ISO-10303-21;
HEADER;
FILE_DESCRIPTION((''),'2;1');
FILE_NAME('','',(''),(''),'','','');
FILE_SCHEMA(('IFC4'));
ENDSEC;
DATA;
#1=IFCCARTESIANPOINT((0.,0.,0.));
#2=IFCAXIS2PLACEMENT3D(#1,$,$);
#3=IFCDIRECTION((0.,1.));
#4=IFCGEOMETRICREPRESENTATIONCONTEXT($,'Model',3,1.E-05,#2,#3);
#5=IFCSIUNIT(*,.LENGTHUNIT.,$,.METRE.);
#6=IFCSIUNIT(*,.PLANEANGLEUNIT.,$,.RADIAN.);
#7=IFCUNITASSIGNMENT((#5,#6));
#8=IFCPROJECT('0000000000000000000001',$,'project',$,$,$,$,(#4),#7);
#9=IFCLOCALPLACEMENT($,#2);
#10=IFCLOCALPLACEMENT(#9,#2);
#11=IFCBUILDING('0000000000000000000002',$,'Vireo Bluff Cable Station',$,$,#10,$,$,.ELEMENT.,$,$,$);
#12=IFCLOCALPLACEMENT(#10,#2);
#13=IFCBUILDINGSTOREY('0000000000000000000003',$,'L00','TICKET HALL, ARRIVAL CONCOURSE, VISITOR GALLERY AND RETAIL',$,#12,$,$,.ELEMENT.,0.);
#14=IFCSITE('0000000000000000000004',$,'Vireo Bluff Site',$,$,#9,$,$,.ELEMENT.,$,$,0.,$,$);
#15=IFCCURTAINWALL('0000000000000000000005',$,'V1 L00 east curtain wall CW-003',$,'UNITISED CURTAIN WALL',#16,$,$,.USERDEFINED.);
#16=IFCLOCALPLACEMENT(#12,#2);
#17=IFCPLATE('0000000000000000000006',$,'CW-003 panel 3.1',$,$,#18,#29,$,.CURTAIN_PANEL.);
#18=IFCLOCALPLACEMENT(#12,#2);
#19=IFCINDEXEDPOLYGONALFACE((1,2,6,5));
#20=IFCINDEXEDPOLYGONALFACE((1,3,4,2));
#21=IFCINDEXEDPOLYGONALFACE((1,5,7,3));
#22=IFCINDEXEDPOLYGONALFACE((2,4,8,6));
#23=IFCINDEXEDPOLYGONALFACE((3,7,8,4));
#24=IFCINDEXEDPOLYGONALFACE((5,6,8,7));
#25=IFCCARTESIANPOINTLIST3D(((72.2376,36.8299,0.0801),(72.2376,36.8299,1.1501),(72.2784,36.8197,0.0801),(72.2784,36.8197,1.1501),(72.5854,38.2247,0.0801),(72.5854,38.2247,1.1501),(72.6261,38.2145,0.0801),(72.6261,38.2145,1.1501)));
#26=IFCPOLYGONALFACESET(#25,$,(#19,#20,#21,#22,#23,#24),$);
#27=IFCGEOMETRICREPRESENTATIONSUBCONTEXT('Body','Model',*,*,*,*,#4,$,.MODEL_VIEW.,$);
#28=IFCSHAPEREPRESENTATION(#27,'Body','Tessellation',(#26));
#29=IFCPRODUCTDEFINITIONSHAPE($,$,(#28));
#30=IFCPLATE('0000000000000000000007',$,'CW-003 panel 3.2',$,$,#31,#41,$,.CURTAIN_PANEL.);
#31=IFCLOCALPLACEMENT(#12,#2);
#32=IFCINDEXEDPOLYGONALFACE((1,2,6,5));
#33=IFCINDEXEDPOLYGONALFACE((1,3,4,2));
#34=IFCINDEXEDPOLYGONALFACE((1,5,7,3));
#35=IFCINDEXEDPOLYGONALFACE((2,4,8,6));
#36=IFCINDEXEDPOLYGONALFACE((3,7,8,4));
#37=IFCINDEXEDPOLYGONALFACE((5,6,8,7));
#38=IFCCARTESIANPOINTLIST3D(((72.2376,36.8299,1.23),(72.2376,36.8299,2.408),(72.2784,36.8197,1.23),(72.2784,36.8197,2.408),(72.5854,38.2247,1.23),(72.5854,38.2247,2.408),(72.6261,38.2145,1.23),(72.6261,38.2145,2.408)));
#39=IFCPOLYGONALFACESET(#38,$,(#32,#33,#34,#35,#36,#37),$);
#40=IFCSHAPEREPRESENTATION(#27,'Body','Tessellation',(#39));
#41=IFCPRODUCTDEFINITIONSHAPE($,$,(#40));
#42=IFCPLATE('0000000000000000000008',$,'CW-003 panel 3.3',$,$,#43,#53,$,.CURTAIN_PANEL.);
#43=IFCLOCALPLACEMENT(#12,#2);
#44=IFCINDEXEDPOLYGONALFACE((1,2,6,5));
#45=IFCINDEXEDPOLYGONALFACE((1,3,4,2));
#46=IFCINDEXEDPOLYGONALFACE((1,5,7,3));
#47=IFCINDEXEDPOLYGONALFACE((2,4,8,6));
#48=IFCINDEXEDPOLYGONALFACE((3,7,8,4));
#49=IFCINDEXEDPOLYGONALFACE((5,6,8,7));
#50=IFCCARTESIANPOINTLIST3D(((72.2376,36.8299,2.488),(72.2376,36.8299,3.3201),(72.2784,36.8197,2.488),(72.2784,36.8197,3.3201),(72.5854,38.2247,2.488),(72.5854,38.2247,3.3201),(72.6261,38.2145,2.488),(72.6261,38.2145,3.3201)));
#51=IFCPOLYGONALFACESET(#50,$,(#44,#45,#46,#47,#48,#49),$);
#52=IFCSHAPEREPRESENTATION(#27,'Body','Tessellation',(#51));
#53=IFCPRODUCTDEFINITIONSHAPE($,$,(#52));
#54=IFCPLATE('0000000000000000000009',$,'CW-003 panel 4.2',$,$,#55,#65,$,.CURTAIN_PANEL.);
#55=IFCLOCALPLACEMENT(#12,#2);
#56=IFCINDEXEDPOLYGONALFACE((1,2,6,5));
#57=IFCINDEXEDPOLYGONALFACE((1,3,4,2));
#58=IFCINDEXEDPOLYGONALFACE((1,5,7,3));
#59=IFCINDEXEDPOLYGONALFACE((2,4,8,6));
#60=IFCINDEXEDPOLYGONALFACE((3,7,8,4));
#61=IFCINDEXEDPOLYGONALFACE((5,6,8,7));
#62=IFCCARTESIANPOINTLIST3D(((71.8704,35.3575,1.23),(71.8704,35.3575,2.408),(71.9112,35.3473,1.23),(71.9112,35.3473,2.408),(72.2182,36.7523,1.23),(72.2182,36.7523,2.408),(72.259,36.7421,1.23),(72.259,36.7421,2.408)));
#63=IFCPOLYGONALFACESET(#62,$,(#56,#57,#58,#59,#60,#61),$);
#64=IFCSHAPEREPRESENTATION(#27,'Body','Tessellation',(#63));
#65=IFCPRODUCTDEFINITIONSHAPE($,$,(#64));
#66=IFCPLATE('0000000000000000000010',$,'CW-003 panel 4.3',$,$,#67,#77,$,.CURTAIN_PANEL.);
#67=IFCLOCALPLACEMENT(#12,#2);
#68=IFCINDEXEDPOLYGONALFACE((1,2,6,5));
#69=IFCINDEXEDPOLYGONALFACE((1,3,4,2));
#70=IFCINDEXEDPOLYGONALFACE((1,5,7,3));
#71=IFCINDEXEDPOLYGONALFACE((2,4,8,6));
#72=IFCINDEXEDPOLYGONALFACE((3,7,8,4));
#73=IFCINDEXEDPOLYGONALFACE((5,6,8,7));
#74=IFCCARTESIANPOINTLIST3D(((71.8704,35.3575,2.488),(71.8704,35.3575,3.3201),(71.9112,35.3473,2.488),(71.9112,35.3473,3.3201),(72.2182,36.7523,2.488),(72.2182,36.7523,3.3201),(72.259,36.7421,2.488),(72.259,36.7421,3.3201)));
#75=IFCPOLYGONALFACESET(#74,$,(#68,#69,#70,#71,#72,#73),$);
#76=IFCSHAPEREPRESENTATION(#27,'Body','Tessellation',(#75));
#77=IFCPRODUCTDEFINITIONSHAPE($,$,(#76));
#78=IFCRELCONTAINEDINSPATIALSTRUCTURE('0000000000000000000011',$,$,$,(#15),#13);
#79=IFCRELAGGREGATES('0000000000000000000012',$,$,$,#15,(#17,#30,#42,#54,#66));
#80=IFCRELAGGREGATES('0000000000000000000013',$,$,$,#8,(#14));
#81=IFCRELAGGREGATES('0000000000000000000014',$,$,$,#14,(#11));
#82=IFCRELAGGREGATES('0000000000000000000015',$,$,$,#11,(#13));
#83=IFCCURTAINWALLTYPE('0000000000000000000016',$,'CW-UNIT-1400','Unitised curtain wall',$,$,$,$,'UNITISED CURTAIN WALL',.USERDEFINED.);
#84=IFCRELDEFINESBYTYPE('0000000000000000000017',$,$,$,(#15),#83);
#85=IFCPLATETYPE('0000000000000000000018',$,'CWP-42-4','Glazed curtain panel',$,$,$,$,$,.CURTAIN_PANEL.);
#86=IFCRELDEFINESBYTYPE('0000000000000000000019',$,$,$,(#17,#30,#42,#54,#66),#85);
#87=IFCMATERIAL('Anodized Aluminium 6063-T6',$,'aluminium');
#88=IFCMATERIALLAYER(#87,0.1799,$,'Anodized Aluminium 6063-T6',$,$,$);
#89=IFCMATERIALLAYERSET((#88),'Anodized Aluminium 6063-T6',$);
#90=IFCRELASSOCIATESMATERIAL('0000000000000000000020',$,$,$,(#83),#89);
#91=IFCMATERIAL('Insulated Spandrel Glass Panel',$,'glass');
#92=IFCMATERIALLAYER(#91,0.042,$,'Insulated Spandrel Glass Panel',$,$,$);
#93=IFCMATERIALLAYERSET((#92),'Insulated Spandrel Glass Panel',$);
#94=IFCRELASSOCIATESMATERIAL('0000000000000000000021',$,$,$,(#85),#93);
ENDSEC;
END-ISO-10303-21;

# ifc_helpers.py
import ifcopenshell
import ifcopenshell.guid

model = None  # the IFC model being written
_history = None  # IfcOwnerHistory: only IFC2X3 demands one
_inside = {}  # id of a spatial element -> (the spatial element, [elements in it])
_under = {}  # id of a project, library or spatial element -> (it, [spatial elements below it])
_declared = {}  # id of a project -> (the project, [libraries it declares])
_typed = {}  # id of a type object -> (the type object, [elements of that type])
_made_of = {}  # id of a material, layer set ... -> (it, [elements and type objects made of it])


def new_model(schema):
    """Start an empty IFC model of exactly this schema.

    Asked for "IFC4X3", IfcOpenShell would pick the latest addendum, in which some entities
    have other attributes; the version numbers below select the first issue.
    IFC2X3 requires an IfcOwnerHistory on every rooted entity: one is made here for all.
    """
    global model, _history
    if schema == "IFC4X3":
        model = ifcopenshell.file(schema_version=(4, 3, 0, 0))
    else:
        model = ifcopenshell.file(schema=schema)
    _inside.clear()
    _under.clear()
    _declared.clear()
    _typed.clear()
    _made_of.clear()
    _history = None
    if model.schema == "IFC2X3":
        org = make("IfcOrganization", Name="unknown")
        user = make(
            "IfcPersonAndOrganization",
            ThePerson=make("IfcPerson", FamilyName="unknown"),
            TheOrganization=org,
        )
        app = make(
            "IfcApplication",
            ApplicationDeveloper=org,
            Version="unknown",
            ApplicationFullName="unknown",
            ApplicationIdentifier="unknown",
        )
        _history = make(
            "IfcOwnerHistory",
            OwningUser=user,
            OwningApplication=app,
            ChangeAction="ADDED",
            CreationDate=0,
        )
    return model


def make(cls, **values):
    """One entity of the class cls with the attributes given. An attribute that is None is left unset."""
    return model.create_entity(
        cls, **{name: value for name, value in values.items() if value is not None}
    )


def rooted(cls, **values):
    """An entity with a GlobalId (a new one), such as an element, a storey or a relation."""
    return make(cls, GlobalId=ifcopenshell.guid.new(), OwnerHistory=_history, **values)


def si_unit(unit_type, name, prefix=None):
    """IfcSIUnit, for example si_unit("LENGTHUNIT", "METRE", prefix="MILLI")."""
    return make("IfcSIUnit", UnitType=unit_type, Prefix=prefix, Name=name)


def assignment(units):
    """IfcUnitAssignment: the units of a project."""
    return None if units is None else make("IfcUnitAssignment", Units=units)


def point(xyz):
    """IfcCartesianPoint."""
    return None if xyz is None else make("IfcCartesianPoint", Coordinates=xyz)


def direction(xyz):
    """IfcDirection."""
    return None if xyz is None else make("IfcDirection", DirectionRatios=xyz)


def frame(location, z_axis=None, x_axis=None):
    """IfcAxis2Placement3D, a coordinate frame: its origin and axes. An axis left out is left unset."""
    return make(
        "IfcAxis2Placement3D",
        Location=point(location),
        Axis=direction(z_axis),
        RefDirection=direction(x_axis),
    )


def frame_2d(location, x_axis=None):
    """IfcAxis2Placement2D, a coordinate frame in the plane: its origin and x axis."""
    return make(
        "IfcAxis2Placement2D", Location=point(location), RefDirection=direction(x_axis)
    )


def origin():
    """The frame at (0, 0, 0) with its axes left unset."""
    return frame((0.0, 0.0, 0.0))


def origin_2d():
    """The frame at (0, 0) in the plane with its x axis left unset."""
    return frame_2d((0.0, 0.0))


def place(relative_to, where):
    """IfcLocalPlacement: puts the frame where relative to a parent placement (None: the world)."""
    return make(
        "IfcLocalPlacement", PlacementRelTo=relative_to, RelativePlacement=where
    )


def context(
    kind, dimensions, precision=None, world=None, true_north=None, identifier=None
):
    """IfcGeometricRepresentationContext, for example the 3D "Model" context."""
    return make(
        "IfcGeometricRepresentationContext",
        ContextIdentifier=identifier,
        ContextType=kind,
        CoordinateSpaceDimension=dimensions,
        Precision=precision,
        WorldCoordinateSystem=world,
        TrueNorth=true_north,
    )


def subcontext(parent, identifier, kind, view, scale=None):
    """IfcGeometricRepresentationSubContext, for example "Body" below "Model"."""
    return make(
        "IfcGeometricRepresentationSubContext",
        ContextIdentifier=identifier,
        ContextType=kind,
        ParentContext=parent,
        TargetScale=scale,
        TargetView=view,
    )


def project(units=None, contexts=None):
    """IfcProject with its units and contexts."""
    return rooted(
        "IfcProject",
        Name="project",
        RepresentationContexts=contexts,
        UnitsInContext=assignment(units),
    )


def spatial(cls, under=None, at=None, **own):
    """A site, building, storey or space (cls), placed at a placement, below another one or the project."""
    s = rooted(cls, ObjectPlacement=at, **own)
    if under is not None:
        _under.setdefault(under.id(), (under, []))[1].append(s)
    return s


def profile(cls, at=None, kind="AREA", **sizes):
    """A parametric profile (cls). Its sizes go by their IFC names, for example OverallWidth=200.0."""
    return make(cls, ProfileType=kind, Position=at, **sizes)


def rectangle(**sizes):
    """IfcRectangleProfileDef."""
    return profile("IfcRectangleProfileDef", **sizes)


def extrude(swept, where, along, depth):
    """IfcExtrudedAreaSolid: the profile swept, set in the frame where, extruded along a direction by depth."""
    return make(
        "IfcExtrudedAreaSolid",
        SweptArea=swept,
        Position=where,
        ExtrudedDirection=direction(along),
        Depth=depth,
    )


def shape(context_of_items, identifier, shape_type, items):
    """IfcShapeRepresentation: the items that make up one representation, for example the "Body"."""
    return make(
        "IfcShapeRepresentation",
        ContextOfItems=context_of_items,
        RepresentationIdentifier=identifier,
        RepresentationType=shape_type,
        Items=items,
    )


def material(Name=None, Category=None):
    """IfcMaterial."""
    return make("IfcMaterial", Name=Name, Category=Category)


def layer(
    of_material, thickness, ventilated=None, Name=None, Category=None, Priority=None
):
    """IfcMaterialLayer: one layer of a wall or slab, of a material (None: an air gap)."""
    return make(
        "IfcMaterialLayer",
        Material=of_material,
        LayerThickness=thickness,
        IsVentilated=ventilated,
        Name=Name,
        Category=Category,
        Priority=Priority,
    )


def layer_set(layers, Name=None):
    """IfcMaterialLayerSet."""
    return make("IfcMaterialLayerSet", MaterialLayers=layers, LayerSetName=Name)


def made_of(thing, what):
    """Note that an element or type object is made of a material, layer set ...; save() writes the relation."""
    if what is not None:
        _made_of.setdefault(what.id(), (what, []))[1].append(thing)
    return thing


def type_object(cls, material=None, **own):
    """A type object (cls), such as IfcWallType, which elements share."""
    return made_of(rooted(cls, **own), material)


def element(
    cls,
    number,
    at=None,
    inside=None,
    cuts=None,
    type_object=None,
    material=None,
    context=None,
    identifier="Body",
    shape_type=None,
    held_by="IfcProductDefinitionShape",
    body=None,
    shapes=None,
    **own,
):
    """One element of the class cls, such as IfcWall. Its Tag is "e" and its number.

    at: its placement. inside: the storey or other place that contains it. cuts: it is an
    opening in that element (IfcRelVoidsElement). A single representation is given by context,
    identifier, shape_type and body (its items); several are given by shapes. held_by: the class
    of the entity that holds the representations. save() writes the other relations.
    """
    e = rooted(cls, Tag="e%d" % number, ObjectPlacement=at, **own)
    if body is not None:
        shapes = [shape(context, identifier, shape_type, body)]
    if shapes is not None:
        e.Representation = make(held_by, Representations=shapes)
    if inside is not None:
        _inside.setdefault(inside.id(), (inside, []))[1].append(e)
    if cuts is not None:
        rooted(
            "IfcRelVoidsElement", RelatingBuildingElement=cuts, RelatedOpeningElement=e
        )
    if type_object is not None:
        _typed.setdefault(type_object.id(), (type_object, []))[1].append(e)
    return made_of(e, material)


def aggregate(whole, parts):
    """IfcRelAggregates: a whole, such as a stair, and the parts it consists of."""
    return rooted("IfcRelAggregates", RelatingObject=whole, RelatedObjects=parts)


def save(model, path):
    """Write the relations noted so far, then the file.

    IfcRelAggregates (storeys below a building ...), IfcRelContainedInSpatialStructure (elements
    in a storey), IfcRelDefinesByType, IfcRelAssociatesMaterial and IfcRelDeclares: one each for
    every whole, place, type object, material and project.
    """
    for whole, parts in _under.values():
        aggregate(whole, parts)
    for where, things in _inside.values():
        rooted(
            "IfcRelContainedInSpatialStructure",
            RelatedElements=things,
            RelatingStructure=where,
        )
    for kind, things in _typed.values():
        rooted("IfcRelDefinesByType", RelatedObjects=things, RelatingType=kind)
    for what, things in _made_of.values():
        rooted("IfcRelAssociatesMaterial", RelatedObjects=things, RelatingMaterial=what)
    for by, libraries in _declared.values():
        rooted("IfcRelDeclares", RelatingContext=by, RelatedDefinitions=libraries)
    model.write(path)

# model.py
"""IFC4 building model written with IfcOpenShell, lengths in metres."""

from ifc_helpers import new_model, si_unit, direction, frame, origin, origin_2d, place, context, subcontext, project, spatial, rectangle, extrude, material, layer, layer_set, type_object, element, aggregate, save


model = new_model("IFC4")

# Units and contexts
model_context = context("Model", 3, precision=1e-05, world=origin(), true_north=direction((0.0, 1.0)))
body_context = subcontext(model_context, "Body", "Model", "MODEL_VIEW")
ifc_project = project(units=[si_unit("LENGTHUNIT", "METRE"), si_unit("PLANEANGLEUNIT", "RADIAN")], contexts=[model_context])

# Site, building, storey
site_placement = place(None, origin())
site = spatial("IfcSite", under=ifc_project, at=site_placement, Name="Vireo Bluff Site", CompositionType="ELEMENT", RefElevation=0.0)
building_placement = place(site_placement, origin())
building = spatial("IfcBuilding", under=site, at=building_placement, Name="Vireo Bluff Cable Station", CompositionType="ELEMENT")
storey_placement = place(building_placement, origin())
storey = spatial("IfcBuildingStorey", under=building, at=storey_placement, Name="L00", Description="TICKET HALL, ARRIVAL CONCOURSE, VISITOR GALLERY AND RETAIL", CompositionType="ELEMENT", Elevation=0.0)

# Curtain wall
ifc_material_1 = material(Name="Anodized Aluminium 6063-T6", Category="aluminium")
ifc_layer_1 = layer(ifc_material_1, 0.1799, Name="Anodized Aluminium 6063-T6")
ifc_layer_set_1 = layer_set([ifc_layer_1], Name="Anodized Aluminium 6063-T6")
curtain_wall_type = type_object("IfcCurtainWallType", Name="CW-UNIT-1400", Description="Unitised curtain wall", ElementType="UNITISED CURTAIN WALL", PredefinedType="USERDEFINED", material=ifc_layer_set_1)
curtain_wall_placement = place(storey_placement, origin())
curtain_wall = element("IfcCurtainWall", 1, at=curtain_wall_placement, inside=storey, type_object=curtain_wall_type, Name="V1 L00 east curtain wall CW-003", ObjectType="UNITISED CURTAIN WALL", PredefinedType="USERDEFINED")

# Plates
ifc_material_2 = material(Name="Insulated Spandrel Glass Panel", Category="glass")
ifc_layer_2 = layer(ifc_material_2, 0.042, Name="Insulated Spandrel Glass Panel")
ifc_layer_set_2 = layer_set([ifc_layer_2], Name="Insulated Spandrel Glass Panel")
plate_type = type_object("IfcPlateType", Name="CWP-42-4", Description="Glazed curtain panel", PredefinedType="CURTAIN_PANEL", material=ifc_layer_set_2)
plate_1_placement = place(storey_placement, frame((72.4319, 37.5222, 0.0801), z_axis=(0.0, 0.0, 1.0), x_axis=(-0.241922, -0.970296, 0.0)))
plate_1 = element("IfcPlate", 2, at=plate_1_placement, type_object=plate_type, Name="CW-003 panel 3.1", PredefinedType="CURTAIN_PANEL", context=body_context, shape_type="SweptSolid", body=[
    extrude(rectangle(XDim=1.4375, YDim=0.042, at=origin_2d()), origin(), (0.0, 0.0, 1.0), 1.0701),
])
plate_2_placement = place(storey_placement, frame((72.4319, 37.5222, 1.23), z_axis=(0.0, 0.0, 1.0), x_axis=(-0.241922, -0.970296, 0.0)))
plate_2 = element("IfcPlate", 3, at=plate_2_placement, type_object=plate_type, Name="CW-003 panel 3.2", PredefinedType="CURTAIN_PANEL", context=body_context, shape_type="SweptSolid", body=[
    extrude(rectangle(XDim=1.4375, YDim=0.042, at=origin_2d()), origin(), (0.0, 0.0, 1.0), 1.178),
])
plate_3_placement = place(storey_placement, frame((72.4319, 37.5222, 2.488), z_axis=(0.0, 0.0, 1.0), x_axis=(-0.241922, -0.970296, 0.0)))
plate_3 = element("IfcPlate", 4, at=plate_3_placement, type_object=plate_type, Name="CW-003 panel 3.3", PredefinedType="CURTAIN_PANEL", context=body_context, shape_type="SweptSolid", body=[
    extrude(rectangle(XDim=1.4375, YDim=0.042, at=origin_2d()), origin(), (0.0, 0.0, 1.0), 0.832),
])
plate_4_placement = place(storey_placement, frame((72.0647, 36.0498, 1.23), z_axis=(0.0, 0.0, 1.0), x_axis=(-0.241922, -0.970296, 0.0)))
plate_4 = element("IfcPlate", 5, at=plate_4_placement, type_object=plate_type, Name="CW-003 panel 4.2", PredefinedType="CURTAIN_PANEL", context=body_context, shape_type="SweptSolid", body=[
    extrude(rectangle(XDim=1.4375, YDim=0.042, at=origin_2d()), origin(), (0.0, 0.0, 1.0), 1.178),
])
plate_5_placement = place(storey_placement, frame((72.0647, 36.0498, 2.488), z_axis=(0.0, 0.0, 1.0), x_axis=(-0.241922, -0.970296, 0.0)))
plate_5 = element("IfcPlate", 6, at=plate_5_placement, type_object=plate_type, Name="CW-003 panel 4.3", PredefinedType="CURTAIN_PANEL", context=body_context, shape_type="SweptSolid", body=[
    extrude(rectangle(XDim=1.4375, YDim=0.042, at=origin_2d()), origin(), (0.0, 0.0, 1.0), 0.832),
])
aggregate(curtain_wall, [plate_1, plate_2, plate_3, plate_4, plate_5])

save(model, "model.ifc")
